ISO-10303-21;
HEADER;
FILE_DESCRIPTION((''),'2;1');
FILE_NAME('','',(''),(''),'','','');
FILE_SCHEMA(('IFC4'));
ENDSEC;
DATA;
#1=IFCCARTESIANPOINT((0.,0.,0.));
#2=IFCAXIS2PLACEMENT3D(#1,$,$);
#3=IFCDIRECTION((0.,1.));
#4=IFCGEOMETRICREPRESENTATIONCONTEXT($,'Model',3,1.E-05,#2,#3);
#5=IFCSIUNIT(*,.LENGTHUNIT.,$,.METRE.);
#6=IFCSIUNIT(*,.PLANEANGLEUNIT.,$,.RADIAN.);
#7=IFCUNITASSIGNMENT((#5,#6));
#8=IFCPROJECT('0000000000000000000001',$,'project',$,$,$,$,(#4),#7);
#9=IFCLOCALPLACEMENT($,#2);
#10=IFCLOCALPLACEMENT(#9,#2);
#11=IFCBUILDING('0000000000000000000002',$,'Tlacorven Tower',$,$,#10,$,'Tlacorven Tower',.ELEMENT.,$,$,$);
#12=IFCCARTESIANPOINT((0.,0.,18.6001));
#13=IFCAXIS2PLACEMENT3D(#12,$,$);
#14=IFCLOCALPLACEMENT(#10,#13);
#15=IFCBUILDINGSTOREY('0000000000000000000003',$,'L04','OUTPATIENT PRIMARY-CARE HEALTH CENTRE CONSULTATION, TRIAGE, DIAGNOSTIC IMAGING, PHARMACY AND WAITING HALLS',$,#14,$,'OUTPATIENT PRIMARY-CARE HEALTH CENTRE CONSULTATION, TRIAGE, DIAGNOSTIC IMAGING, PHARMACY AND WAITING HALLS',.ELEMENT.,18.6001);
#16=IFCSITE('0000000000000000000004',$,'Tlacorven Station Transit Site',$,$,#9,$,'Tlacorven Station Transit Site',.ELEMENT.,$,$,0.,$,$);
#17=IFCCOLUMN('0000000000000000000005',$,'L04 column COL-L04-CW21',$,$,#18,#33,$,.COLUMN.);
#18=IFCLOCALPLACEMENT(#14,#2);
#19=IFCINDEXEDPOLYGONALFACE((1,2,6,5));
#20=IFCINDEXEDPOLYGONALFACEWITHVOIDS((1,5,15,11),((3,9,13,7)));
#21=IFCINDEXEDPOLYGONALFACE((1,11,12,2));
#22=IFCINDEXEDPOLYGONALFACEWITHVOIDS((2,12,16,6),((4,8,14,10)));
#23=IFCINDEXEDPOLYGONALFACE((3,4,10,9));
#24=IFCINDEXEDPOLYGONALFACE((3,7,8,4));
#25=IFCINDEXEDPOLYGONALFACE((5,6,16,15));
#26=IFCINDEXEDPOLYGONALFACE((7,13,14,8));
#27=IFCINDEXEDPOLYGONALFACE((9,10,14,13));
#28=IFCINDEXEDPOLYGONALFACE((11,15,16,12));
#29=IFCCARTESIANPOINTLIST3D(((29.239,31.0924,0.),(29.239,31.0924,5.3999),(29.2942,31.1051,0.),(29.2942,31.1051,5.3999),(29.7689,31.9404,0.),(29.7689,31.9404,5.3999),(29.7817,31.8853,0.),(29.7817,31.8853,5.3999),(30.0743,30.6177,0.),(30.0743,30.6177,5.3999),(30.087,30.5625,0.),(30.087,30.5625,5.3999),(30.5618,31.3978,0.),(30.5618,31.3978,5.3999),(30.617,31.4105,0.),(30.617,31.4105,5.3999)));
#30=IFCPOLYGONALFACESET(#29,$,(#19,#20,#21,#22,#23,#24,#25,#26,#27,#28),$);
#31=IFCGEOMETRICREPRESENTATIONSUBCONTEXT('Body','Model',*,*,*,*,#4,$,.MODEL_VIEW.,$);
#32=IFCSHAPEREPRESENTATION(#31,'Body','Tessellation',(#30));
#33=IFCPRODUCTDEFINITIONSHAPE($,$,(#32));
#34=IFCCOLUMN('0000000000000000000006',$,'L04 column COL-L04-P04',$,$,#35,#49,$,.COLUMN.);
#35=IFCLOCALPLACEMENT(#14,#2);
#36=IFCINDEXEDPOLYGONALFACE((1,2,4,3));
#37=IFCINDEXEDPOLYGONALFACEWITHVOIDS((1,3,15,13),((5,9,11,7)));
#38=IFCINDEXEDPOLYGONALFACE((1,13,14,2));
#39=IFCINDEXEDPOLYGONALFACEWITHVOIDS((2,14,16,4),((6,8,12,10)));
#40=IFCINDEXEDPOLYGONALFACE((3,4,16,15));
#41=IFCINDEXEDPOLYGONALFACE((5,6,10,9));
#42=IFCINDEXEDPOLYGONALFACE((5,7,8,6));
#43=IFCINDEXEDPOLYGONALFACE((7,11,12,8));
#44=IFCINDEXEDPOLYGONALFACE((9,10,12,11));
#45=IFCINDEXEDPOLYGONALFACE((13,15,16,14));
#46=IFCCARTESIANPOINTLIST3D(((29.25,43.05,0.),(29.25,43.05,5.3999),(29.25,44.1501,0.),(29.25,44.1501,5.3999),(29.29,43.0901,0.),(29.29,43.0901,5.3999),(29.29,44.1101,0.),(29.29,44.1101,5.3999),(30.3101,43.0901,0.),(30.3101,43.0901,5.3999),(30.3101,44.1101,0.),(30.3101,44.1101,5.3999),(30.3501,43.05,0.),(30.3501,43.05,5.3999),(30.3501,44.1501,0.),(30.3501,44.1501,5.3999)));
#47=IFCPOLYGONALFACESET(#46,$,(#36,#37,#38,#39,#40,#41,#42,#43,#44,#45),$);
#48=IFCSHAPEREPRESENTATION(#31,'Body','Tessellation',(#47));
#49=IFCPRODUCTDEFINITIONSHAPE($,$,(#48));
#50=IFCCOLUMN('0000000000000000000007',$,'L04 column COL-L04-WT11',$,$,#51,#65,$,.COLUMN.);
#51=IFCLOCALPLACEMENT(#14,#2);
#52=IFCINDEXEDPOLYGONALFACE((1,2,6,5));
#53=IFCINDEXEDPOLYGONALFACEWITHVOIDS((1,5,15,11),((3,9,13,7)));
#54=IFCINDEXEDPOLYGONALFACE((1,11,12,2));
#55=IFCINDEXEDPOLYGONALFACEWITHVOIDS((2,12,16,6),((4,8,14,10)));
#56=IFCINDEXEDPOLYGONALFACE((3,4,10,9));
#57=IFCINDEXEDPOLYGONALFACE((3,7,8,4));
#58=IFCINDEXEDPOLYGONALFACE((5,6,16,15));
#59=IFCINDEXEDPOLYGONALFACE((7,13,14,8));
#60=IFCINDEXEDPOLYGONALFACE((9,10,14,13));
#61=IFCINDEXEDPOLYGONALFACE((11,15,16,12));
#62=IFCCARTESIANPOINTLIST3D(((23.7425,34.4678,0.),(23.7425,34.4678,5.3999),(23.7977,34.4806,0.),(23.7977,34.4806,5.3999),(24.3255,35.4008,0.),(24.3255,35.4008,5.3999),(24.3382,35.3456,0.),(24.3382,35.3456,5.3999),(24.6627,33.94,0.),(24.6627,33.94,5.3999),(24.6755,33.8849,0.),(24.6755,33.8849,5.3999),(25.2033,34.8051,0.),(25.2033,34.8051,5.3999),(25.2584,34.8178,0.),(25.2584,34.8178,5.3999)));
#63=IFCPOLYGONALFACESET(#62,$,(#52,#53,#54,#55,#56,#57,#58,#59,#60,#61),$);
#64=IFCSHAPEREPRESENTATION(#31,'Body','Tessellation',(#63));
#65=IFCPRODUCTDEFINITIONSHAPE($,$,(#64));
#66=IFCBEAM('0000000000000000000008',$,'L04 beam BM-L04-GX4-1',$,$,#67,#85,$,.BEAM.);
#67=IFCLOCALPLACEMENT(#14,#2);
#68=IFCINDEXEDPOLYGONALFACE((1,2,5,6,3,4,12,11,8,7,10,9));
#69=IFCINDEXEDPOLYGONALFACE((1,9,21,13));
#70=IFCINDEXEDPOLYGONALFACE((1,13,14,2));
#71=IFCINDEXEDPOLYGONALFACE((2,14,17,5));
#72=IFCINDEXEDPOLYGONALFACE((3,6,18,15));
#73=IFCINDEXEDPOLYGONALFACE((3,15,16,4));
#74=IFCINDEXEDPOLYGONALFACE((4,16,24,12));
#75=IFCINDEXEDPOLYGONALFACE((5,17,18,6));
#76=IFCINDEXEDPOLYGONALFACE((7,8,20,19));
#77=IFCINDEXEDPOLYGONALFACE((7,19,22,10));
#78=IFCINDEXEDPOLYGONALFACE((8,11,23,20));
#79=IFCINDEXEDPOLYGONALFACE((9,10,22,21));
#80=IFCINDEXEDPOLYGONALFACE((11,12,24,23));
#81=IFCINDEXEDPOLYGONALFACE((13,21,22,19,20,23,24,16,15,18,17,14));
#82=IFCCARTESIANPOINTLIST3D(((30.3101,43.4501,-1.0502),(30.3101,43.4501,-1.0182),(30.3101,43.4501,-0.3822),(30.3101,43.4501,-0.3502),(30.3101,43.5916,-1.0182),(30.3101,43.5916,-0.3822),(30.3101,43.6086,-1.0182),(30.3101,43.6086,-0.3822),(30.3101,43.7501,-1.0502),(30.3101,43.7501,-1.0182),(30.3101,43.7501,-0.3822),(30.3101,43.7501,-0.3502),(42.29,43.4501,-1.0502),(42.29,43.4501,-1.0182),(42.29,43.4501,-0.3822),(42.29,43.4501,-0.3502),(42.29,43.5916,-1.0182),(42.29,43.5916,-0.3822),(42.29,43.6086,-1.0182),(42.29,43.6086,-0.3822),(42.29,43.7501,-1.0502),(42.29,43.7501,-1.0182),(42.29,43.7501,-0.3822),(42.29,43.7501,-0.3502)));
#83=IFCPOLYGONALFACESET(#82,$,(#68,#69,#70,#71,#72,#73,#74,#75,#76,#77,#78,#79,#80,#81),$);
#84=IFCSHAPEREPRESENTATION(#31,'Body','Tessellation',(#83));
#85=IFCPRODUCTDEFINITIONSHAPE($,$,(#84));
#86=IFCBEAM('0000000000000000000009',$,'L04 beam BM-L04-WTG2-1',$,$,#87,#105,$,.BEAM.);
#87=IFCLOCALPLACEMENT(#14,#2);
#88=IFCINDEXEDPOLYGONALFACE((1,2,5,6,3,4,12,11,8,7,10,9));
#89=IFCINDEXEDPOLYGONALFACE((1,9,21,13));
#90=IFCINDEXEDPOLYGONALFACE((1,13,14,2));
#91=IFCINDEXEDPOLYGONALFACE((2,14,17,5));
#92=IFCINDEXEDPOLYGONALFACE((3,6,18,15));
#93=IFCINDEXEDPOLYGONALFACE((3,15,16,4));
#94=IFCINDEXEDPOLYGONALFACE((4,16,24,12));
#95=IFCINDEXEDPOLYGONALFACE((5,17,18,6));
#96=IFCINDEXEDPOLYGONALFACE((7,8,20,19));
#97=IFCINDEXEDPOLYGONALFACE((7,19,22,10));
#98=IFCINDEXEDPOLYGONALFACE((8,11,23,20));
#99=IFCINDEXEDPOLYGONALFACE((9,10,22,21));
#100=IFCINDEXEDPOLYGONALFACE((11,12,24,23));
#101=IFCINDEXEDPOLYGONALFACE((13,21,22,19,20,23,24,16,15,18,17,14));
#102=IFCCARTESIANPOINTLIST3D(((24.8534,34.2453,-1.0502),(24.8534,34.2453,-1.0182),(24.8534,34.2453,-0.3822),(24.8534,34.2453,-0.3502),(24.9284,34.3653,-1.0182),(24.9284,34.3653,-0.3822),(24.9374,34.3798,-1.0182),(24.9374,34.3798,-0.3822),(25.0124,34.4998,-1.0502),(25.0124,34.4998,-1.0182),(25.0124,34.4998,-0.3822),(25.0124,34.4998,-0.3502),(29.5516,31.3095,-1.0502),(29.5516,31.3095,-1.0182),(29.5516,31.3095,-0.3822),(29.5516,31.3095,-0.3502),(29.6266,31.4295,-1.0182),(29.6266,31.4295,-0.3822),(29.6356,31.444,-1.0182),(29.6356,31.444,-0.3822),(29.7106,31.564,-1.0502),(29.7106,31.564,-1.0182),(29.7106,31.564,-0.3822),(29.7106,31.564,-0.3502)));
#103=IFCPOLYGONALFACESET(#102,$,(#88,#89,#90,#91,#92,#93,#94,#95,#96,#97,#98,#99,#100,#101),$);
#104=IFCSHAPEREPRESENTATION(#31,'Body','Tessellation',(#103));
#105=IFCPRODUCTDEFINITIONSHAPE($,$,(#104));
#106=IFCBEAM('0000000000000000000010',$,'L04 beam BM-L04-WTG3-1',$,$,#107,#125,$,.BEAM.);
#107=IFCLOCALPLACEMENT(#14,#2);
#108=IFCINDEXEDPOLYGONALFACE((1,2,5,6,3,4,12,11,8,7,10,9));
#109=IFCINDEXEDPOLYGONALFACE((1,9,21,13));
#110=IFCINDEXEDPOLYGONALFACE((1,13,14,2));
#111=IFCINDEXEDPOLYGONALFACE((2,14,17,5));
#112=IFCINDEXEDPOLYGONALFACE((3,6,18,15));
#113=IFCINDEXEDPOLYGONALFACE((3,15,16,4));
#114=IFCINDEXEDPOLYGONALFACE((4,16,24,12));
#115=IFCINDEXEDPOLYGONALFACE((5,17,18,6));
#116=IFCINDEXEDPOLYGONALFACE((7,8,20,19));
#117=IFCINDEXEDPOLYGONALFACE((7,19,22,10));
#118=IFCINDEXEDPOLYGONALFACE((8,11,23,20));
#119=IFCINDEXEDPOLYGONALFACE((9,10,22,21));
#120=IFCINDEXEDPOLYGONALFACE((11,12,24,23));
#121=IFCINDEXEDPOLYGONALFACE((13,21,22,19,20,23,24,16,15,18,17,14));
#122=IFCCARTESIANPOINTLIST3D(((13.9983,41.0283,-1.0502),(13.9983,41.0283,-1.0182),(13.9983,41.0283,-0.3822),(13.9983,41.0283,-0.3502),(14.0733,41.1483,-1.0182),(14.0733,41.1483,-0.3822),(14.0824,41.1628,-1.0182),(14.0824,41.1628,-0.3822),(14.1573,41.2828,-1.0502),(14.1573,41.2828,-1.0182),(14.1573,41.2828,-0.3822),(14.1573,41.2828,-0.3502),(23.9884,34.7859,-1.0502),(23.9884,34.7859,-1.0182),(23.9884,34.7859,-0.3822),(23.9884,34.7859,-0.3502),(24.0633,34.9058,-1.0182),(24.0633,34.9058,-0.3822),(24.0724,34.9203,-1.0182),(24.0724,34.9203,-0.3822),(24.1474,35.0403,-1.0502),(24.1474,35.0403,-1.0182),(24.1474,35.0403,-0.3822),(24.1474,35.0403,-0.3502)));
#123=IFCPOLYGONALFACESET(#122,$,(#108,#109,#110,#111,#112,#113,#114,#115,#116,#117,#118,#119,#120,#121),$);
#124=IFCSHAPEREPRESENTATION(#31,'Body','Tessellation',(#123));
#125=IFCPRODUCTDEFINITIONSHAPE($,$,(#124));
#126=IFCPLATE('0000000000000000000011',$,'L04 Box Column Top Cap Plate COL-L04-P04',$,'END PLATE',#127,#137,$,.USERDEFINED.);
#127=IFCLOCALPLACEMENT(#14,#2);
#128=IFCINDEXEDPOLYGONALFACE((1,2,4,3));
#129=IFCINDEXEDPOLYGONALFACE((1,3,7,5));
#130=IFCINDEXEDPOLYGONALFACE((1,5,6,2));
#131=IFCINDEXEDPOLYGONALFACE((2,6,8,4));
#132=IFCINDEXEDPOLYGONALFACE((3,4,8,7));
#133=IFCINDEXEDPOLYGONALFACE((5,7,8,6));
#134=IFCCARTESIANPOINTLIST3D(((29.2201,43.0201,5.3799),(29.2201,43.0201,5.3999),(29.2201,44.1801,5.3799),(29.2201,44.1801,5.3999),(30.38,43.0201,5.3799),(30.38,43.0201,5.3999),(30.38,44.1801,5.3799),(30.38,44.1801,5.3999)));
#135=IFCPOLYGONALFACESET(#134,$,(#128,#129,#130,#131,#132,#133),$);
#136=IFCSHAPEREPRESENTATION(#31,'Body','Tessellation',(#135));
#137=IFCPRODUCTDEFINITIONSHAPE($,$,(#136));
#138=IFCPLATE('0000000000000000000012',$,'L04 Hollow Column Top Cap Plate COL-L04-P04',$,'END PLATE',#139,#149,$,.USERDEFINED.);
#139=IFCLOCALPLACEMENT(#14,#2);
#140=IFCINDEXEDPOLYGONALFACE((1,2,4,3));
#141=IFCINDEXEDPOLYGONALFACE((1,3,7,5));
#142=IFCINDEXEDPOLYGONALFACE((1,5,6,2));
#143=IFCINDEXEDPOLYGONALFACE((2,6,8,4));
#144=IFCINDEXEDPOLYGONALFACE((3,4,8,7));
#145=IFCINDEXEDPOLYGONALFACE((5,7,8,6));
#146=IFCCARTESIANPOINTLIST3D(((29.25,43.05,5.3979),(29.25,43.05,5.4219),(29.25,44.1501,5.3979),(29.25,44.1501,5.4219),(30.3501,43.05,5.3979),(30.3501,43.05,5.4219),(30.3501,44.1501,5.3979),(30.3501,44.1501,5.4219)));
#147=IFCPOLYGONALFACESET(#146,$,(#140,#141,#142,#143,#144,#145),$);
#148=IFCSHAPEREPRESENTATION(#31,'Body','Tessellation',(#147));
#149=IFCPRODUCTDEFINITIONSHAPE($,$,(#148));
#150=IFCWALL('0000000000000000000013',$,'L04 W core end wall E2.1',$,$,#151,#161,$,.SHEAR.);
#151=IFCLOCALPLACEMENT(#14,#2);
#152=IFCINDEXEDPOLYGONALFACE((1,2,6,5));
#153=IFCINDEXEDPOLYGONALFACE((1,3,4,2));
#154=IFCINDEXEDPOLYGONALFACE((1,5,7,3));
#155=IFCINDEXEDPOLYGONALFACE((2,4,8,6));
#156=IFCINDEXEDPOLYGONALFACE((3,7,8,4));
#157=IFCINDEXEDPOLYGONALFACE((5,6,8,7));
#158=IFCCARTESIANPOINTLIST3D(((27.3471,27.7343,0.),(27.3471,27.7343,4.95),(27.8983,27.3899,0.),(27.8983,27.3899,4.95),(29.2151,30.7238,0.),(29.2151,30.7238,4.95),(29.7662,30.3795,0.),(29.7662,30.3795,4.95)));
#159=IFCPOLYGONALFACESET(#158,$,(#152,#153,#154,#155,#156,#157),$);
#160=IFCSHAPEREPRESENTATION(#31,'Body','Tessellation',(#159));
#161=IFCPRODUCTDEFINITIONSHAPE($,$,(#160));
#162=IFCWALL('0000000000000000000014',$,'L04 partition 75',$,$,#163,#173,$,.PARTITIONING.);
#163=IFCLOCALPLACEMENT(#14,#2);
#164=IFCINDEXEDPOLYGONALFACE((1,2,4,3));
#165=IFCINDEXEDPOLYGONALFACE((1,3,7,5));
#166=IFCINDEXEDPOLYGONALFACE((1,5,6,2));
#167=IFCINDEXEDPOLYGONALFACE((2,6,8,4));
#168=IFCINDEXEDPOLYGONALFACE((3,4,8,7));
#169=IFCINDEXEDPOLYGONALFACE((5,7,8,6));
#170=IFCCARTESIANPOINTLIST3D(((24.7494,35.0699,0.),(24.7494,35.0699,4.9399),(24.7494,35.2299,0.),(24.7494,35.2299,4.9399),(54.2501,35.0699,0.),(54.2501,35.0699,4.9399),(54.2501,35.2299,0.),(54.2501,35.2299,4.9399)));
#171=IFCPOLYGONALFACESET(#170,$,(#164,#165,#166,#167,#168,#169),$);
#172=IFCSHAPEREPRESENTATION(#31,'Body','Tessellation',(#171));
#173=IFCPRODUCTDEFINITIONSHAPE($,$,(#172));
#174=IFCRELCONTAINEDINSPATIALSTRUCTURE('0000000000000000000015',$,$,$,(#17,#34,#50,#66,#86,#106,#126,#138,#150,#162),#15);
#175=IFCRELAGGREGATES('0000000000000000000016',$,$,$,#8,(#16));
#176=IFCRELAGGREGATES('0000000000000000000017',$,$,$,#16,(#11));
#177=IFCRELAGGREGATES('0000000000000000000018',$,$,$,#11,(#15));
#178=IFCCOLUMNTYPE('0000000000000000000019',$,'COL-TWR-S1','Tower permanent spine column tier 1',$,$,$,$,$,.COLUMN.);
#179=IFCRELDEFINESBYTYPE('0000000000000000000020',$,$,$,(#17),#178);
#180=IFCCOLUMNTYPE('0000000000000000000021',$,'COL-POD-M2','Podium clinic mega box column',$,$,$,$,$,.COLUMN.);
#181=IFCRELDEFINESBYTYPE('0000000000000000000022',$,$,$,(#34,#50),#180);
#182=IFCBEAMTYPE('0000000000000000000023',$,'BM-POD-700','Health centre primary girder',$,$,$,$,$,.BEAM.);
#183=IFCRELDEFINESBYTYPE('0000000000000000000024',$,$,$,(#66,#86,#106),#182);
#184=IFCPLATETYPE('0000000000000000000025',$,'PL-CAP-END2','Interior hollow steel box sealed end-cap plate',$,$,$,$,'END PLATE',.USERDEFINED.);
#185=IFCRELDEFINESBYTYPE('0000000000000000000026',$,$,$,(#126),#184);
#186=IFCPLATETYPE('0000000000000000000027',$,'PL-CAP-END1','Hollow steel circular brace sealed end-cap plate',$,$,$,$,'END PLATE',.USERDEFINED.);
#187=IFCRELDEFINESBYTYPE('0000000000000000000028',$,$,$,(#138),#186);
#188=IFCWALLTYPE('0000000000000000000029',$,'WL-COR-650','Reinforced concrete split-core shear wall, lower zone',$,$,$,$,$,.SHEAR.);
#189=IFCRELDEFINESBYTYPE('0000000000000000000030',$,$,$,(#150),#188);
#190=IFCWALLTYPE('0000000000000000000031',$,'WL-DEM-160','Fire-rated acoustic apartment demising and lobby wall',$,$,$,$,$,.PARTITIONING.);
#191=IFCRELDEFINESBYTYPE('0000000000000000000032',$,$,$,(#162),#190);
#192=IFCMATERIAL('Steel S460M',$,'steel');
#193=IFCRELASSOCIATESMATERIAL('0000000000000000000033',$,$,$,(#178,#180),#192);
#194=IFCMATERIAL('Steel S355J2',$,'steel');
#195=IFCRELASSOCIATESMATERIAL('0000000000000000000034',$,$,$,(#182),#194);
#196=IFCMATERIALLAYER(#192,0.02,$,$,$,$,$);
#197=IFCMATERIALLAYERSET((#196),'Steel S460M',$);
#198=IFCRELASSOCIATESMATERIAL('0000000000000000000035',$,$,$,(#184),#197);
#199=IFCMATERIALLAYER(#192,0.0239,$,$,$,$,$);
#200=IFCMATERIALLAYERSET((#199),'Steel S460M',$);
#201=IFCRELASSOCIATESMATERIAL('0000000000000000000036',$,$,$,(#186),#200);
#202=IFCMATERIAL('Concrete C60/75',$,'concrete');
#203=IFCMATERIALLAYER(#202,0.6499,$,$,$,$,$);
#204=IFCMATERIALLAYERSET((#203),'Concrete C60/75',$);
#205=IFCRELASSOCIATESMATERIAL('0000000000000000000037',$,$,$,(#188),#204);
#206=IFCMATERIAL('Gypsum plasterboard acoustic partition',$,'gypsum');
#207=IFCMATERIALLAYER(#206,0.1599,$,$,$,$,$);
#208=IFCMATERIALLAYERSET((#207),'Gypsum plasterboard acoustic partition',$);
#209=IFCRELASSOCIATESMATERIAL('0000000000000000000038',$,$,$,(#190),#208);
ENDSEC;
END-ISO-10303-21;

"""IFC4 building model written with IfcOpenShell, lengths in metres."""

from ifc_helpers import new_model, si_unit, direction, frame, frame_2d, origin, origin_2d, place, context, subcontext, project, spatial, rectangle, hollow_rectangle, i_section, extrude, source, transform, mapped, material, layer, layer_set, material_profile, profile_set, type_object, element, save


model = new_model("IFC4")

# Units and contexts
model_context = context("Model", 3, precision=1e-05, world=origin(), true_north=direction((0.0, 1.0)))
body_context = subcontext(model_context, "Body", "Model", "MODEL_VIEW")
ifc_project = project(units=[si_unit("LENGTHUNIT", "METRE"), si_unit("PLANEANGLEUNIT", "RADIAN")], contexts=[model_context])

# Site, building, storey
site_placement = place(None, origin())
site = spatial("IfcSite", under=ifc_project, at=site_placement, Name="Tlacorven Station Transit Site", LongName="Tlacorven Station Transit Site", CompositionType="ELEMENT", RefElevation=0.0)
building_placement = place(site_placement, origin())
building = spatial("IfcBuilding", under=site, at=building_placement, Name="Tlacorven Tower", LongName="Tlacorven Tower", CompositionType="ELEMENT")
storey_placement = place(building_placement, frame((0.0, 0.0, 18.6001)))
storey = spatial("IfcBuildingStorey", under=building, at=storey_placement, Name="L04", Description="OUTPATIENT PRIMARY-CARE HEALTH CENTRE CONSULTATION, TRIAGE, DIAGNOSTIC IMAGING, PHARMACY AND WAITING HALLS", LongName="OUTPATIENT PRIMARY-CARE HEALTH CENTRE CONSULTATION, TRIAGE, DIAGNOSTIC IMAGING, PHARMACY AND WAITING HALLS", CompositionType="ELEMENT", Elevation=18.6001)

# Columns
ifc_material_1 = material(Name="Steel S460M", Category="steel")
ifc_material_profile_1 = material_profile(ifc_material_1, hollow_rectangle(XDim=1.0, YDim=1.0, WallThickness=0.04, at=origin_2d()), Name="BOX 1000X1000X40")
ifc_profile_set_1 = profile_set([ifc_material_profile_1], Name="Steel S460M")
column_type_1 = type_object("IfcColumnType", Name="COL-TWR-S1", Description="Tower permanent spine column tier 1", PredefinedType="COLUMN", material=ifc_profile_set_1)
shared_shape_1 = source(origin(), body_context, "Body", "SweptSolid", [
    extrude(hollow_rectangle(XDim=1.0, YDim=1.0, WallThickness=0.04, at=origin_2d()), origin(), (0.0, 0.0, 1.0), 5.3999),
])
column_placement = place(storey_placement, frame((29.928, 31.2515, 0.0), z_axis=(0.0, 0.0, 1.0), x_axis=(-0.848048, 0.529919, 0.0)))
element("IfcColumn", 1, at=column_placement, inside=storey, type_object=column_type_1, Name="L04 column COL-L04-CW21", PredefinedType="COLUMN", context=body_context, shape_type="MappedRepresentation", body=[
    mapped(shared_shape_1, transform((0.0, 0.0, 0.0), scale=1.0)),
])
ifc_material_profile_2 = material_profile(ifc_material_1, hollow_rectangle(XDim=1.1001, YDim=1.1001, WallThickness=0.04, at=origin_2d()), Name="BOX 1100X1100X40")
ifc_profile_set_2 = profile_set([ifc_material_profile_2], Name="Steel S460M")
column_type_2 = type_object("IfcColumnType", Name="COL-POD-M2", Description="Podium clinic mega box column", PredefinedType="COLUMN", material=ifc_profile_set_2)
shared_shape_2 = source(origin(), body_context, "Body", "SweptSolid", [
    extrude(hollow_rectangle(XDim=1.1001, YDim=1.1001, WallThickness=0.04, at=origin_2d()), origin(), (0.0, 0.0, 1.0), 5.3999),
])
for number, where, z_axis, x_axis, name in (
    (2, (29.8, 43.6001, 0.0), (0.0, 0.0, 1.0), (1.0, 0.0, 0.0), "L04 column COL-L04-P04"),
    (3, (24.5005, 34.6428, 0.0), (0.0, 0.0, 1.0), (-0.848048, 0.529919, 0.0), "L04 column COL-L04-WT11"),
):
    element("IfcColumn", number, at=place(storey_placement, frame(where, z_axis=z_axis, x_axis=x_axis)), inside=storey, type_object=column_type_2, Name=name, PredefinedType="COLUMN", context=body_context, shape_type="MappedRepresentation", body=[
        mapped(shared_shape_2, transform((0.0, 0.0, 0.0), scale=1.0)),
    ])

# Beams
ifc_material_2 = material(Name="Steel S355J2", Category="steel")
ifc_material_profile_3 = material_profile(ifc_material_2, i_section(OverallWidth=0.3, OverallDepth=0.7, WebThickness=0.0171, FlangeThickness=0.032, at=origin_2d()), Name="HEB 700")
ifc_profile_set_3 = profile_set([ifc_material_profile_3], Name="Steel S355J2")
beam_type = type_object("IfcBeamType", Name="BM-POD-700", Description="Health centre primary girder", PredefinedType="BEAM", material=ifc_profile_set_3)
shared_shape_3 = source(origin(), body_context, "Body", "SweptSolid", [
    extrude(i_section(OverallWidth=0.3, OverallDepth=0.7, WebThickness=0.0171, FlangeThickness=0.032, at=origin_2d()), origin(), (0.0, 0.0, 1.0), 11.98),
])
beam_1_placement = place(storey_placement, frame((30.3101, 43.6001, -0.7002), z_axis=(1.0, 0.0, 0.0), x_axis=(0.0, 1.0, 0.0)))
element("IfcBeam", 4, at=beam_1_placement, inside=storey, type_object=beam_type, Name="L04 beam BM-L04-GX4-1", PredefinedType="BEAM", context=body_context, shape_type="MappedRepresentation", body=[
    mapped(shared_shape_3, transform((0.0, 0.0, 0.0), scale=1.0)),
])
shared_shape_4 = source(origin(), body_context, "Body", "SweptSolid", [
    extrude(i_section(OverallWidth=0.3, OverallDepth=0.7, WebThickness=0.0171, FlangeThickness=0.032, at=origin_2d()), origin(), (0.0, 0.0, 1.0), 5.54),
])
beam_2_placement = place(storey_placement, frame((29.6311, 31.4368, -0.7002), z_axis=(-0.848048, 0.52992, 0.0), x_axis=(-0.52992, -0.848048, 0.0)))
element("IfcBeam", 5, at=beam_2_placement, inside=storey, type_object=beam_type, Name="L04 beam BM-L04-WTG2-1", PredefinedType="BEAM", context=body_context, shape_type="MappedRepresentation", body=[
    mapped(shared_shape_4, transform((0.0, 0.0, 0.0), scale=1.0)),
])
shared_shape_5 = source(origin(), body_context, "Body", "SweptSolid", [
    extrude(i_section(OverallWidth=0.3, OverallDepth=0.7, WebThickness=0.0171, FlangeThickness=0.032, at=origin_2d()), origin(), (0.0, 0.0, 1.0), 11.78),
])
beam_3_placement = place(storey_placement, frame((24.0679, 34.9131, -0.7002), z_axis=(-0.848048, 0.529919, 0.0), x_axis=(-0.529919, -0.848048, 0.0)))
element("IfcBeam", 6, at=beam_3_placement, inside=storey, type_object=beam_type, Name="L04 beam BM-L04-WTG3-1", PredefinedType="BEAM", context=body_context, shape_type="MappedRepresentation", body=[
    mapped(shared_shape_5, transform((0.0, 0.0, 0.0), scale=1.0)),
])

# Plates
ifc_layer_1 = layer(ifc_material_1, 0.02)
ifc_layer_set_1 = layer_set([ifc_layer_1], Name="Steel S460M")
plate_type_1 = type_object("IfcPlateType", Name="PL-CAP-END2", Description="Interior hollow steel box sealed end-cap plate", ElementType="END PLATE", PredefinedType="USERDEFINED", material=ifc_layer_set_1)
shared_shape_6 = source(origin(), body_context, "Body", "SweptSolid", [
    extrude(rectangle(XDim=1.1599, YDim=1.1599, at=origin_2d()), origin(), (0.0, 0.0, 1.0), 0.02),
])
plate_1_placement = place(storey_placement, frame((29.8, 43.6001, 5.3799), z_axis=(0.0, 0.0, 1.0), x_axis=(1.0, 0.0, 0.0)))
element("IfcPlate", 7, at=plate_1_placement, inside=storey, type_object=plate_type_1, Name="L04 Box Column Top Cap Plate COL-L04-P04", ObjectType="END PLATE", PredefinedType="USERDEFINED", context=body_context, shape_type="MappedRepresentation", body=[
    mapped(shared_shape_6, transform((0.0, 0.0, 0.0), scale=1.0)),
])
ifc_layer_2 = layer(ifc_material_1, 0.0239)
ifc_layer_set_2 = layer_set([ifc_layer_2], Name="Steel S460M")
plate_type_2 = type_object("IfcPlateType", Name="PL-CAP-END1", Description="Hollow steel circular brace sealed end-cap plate", ElementType="END PLATE", PredefinedType="USERDEFINED", material=ifc_layer_set_2)
shared_shape_7 = source(origin(), body_context, "Body", "SweptSolid", [
    extrude(rectangle(XDim=1.1001, YDim=1.1001, at=origin_2d()), origin(), (0.0, 0.0, 1.0), 0.0239),
])
plate_2_placement = place(storey_placement, frame((29.8, 43.6001, 5.3979), z_axis=(0.0, 0.0, 1.0), x_axis=(1.0, 0.0, 0.0)))
element("IfcPlate", 8, at=plate_2_placement, inside=storey, type_object=plate_type_2, Name="L04 Hollow Column Top Cap Plate COL-L04-P04", ObjectType="END PLATE", PredefinedType="USERDEFINED", context=body_context, shape_type="MappedRepresentation", body=[
    mapped(shared_shape_7, transform((0.0, 0.0, 0.0), scale=1.0)),
])

# Walls
ifc_material_3 = material(Name="Concrete C60/75", Category="concrete")
ifc_layer_3 = layer(ifc_material_3, 0.6499)
ifc_layer_set_3 = layer_set([ifc_layer_3], Name="Concrete C60/75")
wall_type_1 = type_object("IfcWallType", Name="WL-COR-650", Description="Reinforced concrete split-core shear wall, lower zone", PredefinedType="SHEAR", material=ifc_layer_set_3)
wall_1_placement = place(storey_placement, frame((29.4907, 30.5518, 0.0), z_axis=(0.0, 0.0, 1.0), x_axis=(-0.529893, -0.848064, 0.0)))
element("IfcWall", 9, at=wall_1_placement, inside=storey, type_object=wall_type_1, Name="L04 W core end wall E2.1", PredefinedType="SHEAR", context=body_context, shape_type="SweptSolid", body=[
    extrude(rectangle(XDim=3.5251, YDim=0.6499, at=frame_2d((1.7627, 0.0))), origin(), (0.0, 0.0, 1.0), 4.95),
])
ifc_material_4 = material(Name="Gypsum plasterboard acoustic partition", Category="gypsum")
ifc_layer_4 = layer(ifc_material_4, 0.1599)
ifc_layer_set_4 = layer_set([ifc_layer_4], Name="Gypsum plasterboard acoustic partition")
wall_type_2 = type_object("IfcWallType", Name="WL-DEM-160", Description="Fire-rated acoustic apartment demising and lobby wall", PredefinedType="PARTITIONING", material=ifc_layer_set_4)
wall_2_placement = place(storey_placement, frame((24.7493, 35.1499, 0.0), z_axis=(0.0, 0.0, 1.0), x_axis=(1.0, 0.0, 0.0)))
element("IfcWall", 10, at=wall_2_placement, inside=storey, type_object=wall_type_2, Name="L04 partition 75", PredefinedType="PARTITIONING", context=body_context, shape_type="SweptSolid", body=[
    extrude(rectangle(XDim=29.5007, YDim=0.1599, at=frame_2d((14.7505, 0.0))), origin(), (0.0, 0.0, 1.0), 4.9399),
])

save(model, "model.ifc")
